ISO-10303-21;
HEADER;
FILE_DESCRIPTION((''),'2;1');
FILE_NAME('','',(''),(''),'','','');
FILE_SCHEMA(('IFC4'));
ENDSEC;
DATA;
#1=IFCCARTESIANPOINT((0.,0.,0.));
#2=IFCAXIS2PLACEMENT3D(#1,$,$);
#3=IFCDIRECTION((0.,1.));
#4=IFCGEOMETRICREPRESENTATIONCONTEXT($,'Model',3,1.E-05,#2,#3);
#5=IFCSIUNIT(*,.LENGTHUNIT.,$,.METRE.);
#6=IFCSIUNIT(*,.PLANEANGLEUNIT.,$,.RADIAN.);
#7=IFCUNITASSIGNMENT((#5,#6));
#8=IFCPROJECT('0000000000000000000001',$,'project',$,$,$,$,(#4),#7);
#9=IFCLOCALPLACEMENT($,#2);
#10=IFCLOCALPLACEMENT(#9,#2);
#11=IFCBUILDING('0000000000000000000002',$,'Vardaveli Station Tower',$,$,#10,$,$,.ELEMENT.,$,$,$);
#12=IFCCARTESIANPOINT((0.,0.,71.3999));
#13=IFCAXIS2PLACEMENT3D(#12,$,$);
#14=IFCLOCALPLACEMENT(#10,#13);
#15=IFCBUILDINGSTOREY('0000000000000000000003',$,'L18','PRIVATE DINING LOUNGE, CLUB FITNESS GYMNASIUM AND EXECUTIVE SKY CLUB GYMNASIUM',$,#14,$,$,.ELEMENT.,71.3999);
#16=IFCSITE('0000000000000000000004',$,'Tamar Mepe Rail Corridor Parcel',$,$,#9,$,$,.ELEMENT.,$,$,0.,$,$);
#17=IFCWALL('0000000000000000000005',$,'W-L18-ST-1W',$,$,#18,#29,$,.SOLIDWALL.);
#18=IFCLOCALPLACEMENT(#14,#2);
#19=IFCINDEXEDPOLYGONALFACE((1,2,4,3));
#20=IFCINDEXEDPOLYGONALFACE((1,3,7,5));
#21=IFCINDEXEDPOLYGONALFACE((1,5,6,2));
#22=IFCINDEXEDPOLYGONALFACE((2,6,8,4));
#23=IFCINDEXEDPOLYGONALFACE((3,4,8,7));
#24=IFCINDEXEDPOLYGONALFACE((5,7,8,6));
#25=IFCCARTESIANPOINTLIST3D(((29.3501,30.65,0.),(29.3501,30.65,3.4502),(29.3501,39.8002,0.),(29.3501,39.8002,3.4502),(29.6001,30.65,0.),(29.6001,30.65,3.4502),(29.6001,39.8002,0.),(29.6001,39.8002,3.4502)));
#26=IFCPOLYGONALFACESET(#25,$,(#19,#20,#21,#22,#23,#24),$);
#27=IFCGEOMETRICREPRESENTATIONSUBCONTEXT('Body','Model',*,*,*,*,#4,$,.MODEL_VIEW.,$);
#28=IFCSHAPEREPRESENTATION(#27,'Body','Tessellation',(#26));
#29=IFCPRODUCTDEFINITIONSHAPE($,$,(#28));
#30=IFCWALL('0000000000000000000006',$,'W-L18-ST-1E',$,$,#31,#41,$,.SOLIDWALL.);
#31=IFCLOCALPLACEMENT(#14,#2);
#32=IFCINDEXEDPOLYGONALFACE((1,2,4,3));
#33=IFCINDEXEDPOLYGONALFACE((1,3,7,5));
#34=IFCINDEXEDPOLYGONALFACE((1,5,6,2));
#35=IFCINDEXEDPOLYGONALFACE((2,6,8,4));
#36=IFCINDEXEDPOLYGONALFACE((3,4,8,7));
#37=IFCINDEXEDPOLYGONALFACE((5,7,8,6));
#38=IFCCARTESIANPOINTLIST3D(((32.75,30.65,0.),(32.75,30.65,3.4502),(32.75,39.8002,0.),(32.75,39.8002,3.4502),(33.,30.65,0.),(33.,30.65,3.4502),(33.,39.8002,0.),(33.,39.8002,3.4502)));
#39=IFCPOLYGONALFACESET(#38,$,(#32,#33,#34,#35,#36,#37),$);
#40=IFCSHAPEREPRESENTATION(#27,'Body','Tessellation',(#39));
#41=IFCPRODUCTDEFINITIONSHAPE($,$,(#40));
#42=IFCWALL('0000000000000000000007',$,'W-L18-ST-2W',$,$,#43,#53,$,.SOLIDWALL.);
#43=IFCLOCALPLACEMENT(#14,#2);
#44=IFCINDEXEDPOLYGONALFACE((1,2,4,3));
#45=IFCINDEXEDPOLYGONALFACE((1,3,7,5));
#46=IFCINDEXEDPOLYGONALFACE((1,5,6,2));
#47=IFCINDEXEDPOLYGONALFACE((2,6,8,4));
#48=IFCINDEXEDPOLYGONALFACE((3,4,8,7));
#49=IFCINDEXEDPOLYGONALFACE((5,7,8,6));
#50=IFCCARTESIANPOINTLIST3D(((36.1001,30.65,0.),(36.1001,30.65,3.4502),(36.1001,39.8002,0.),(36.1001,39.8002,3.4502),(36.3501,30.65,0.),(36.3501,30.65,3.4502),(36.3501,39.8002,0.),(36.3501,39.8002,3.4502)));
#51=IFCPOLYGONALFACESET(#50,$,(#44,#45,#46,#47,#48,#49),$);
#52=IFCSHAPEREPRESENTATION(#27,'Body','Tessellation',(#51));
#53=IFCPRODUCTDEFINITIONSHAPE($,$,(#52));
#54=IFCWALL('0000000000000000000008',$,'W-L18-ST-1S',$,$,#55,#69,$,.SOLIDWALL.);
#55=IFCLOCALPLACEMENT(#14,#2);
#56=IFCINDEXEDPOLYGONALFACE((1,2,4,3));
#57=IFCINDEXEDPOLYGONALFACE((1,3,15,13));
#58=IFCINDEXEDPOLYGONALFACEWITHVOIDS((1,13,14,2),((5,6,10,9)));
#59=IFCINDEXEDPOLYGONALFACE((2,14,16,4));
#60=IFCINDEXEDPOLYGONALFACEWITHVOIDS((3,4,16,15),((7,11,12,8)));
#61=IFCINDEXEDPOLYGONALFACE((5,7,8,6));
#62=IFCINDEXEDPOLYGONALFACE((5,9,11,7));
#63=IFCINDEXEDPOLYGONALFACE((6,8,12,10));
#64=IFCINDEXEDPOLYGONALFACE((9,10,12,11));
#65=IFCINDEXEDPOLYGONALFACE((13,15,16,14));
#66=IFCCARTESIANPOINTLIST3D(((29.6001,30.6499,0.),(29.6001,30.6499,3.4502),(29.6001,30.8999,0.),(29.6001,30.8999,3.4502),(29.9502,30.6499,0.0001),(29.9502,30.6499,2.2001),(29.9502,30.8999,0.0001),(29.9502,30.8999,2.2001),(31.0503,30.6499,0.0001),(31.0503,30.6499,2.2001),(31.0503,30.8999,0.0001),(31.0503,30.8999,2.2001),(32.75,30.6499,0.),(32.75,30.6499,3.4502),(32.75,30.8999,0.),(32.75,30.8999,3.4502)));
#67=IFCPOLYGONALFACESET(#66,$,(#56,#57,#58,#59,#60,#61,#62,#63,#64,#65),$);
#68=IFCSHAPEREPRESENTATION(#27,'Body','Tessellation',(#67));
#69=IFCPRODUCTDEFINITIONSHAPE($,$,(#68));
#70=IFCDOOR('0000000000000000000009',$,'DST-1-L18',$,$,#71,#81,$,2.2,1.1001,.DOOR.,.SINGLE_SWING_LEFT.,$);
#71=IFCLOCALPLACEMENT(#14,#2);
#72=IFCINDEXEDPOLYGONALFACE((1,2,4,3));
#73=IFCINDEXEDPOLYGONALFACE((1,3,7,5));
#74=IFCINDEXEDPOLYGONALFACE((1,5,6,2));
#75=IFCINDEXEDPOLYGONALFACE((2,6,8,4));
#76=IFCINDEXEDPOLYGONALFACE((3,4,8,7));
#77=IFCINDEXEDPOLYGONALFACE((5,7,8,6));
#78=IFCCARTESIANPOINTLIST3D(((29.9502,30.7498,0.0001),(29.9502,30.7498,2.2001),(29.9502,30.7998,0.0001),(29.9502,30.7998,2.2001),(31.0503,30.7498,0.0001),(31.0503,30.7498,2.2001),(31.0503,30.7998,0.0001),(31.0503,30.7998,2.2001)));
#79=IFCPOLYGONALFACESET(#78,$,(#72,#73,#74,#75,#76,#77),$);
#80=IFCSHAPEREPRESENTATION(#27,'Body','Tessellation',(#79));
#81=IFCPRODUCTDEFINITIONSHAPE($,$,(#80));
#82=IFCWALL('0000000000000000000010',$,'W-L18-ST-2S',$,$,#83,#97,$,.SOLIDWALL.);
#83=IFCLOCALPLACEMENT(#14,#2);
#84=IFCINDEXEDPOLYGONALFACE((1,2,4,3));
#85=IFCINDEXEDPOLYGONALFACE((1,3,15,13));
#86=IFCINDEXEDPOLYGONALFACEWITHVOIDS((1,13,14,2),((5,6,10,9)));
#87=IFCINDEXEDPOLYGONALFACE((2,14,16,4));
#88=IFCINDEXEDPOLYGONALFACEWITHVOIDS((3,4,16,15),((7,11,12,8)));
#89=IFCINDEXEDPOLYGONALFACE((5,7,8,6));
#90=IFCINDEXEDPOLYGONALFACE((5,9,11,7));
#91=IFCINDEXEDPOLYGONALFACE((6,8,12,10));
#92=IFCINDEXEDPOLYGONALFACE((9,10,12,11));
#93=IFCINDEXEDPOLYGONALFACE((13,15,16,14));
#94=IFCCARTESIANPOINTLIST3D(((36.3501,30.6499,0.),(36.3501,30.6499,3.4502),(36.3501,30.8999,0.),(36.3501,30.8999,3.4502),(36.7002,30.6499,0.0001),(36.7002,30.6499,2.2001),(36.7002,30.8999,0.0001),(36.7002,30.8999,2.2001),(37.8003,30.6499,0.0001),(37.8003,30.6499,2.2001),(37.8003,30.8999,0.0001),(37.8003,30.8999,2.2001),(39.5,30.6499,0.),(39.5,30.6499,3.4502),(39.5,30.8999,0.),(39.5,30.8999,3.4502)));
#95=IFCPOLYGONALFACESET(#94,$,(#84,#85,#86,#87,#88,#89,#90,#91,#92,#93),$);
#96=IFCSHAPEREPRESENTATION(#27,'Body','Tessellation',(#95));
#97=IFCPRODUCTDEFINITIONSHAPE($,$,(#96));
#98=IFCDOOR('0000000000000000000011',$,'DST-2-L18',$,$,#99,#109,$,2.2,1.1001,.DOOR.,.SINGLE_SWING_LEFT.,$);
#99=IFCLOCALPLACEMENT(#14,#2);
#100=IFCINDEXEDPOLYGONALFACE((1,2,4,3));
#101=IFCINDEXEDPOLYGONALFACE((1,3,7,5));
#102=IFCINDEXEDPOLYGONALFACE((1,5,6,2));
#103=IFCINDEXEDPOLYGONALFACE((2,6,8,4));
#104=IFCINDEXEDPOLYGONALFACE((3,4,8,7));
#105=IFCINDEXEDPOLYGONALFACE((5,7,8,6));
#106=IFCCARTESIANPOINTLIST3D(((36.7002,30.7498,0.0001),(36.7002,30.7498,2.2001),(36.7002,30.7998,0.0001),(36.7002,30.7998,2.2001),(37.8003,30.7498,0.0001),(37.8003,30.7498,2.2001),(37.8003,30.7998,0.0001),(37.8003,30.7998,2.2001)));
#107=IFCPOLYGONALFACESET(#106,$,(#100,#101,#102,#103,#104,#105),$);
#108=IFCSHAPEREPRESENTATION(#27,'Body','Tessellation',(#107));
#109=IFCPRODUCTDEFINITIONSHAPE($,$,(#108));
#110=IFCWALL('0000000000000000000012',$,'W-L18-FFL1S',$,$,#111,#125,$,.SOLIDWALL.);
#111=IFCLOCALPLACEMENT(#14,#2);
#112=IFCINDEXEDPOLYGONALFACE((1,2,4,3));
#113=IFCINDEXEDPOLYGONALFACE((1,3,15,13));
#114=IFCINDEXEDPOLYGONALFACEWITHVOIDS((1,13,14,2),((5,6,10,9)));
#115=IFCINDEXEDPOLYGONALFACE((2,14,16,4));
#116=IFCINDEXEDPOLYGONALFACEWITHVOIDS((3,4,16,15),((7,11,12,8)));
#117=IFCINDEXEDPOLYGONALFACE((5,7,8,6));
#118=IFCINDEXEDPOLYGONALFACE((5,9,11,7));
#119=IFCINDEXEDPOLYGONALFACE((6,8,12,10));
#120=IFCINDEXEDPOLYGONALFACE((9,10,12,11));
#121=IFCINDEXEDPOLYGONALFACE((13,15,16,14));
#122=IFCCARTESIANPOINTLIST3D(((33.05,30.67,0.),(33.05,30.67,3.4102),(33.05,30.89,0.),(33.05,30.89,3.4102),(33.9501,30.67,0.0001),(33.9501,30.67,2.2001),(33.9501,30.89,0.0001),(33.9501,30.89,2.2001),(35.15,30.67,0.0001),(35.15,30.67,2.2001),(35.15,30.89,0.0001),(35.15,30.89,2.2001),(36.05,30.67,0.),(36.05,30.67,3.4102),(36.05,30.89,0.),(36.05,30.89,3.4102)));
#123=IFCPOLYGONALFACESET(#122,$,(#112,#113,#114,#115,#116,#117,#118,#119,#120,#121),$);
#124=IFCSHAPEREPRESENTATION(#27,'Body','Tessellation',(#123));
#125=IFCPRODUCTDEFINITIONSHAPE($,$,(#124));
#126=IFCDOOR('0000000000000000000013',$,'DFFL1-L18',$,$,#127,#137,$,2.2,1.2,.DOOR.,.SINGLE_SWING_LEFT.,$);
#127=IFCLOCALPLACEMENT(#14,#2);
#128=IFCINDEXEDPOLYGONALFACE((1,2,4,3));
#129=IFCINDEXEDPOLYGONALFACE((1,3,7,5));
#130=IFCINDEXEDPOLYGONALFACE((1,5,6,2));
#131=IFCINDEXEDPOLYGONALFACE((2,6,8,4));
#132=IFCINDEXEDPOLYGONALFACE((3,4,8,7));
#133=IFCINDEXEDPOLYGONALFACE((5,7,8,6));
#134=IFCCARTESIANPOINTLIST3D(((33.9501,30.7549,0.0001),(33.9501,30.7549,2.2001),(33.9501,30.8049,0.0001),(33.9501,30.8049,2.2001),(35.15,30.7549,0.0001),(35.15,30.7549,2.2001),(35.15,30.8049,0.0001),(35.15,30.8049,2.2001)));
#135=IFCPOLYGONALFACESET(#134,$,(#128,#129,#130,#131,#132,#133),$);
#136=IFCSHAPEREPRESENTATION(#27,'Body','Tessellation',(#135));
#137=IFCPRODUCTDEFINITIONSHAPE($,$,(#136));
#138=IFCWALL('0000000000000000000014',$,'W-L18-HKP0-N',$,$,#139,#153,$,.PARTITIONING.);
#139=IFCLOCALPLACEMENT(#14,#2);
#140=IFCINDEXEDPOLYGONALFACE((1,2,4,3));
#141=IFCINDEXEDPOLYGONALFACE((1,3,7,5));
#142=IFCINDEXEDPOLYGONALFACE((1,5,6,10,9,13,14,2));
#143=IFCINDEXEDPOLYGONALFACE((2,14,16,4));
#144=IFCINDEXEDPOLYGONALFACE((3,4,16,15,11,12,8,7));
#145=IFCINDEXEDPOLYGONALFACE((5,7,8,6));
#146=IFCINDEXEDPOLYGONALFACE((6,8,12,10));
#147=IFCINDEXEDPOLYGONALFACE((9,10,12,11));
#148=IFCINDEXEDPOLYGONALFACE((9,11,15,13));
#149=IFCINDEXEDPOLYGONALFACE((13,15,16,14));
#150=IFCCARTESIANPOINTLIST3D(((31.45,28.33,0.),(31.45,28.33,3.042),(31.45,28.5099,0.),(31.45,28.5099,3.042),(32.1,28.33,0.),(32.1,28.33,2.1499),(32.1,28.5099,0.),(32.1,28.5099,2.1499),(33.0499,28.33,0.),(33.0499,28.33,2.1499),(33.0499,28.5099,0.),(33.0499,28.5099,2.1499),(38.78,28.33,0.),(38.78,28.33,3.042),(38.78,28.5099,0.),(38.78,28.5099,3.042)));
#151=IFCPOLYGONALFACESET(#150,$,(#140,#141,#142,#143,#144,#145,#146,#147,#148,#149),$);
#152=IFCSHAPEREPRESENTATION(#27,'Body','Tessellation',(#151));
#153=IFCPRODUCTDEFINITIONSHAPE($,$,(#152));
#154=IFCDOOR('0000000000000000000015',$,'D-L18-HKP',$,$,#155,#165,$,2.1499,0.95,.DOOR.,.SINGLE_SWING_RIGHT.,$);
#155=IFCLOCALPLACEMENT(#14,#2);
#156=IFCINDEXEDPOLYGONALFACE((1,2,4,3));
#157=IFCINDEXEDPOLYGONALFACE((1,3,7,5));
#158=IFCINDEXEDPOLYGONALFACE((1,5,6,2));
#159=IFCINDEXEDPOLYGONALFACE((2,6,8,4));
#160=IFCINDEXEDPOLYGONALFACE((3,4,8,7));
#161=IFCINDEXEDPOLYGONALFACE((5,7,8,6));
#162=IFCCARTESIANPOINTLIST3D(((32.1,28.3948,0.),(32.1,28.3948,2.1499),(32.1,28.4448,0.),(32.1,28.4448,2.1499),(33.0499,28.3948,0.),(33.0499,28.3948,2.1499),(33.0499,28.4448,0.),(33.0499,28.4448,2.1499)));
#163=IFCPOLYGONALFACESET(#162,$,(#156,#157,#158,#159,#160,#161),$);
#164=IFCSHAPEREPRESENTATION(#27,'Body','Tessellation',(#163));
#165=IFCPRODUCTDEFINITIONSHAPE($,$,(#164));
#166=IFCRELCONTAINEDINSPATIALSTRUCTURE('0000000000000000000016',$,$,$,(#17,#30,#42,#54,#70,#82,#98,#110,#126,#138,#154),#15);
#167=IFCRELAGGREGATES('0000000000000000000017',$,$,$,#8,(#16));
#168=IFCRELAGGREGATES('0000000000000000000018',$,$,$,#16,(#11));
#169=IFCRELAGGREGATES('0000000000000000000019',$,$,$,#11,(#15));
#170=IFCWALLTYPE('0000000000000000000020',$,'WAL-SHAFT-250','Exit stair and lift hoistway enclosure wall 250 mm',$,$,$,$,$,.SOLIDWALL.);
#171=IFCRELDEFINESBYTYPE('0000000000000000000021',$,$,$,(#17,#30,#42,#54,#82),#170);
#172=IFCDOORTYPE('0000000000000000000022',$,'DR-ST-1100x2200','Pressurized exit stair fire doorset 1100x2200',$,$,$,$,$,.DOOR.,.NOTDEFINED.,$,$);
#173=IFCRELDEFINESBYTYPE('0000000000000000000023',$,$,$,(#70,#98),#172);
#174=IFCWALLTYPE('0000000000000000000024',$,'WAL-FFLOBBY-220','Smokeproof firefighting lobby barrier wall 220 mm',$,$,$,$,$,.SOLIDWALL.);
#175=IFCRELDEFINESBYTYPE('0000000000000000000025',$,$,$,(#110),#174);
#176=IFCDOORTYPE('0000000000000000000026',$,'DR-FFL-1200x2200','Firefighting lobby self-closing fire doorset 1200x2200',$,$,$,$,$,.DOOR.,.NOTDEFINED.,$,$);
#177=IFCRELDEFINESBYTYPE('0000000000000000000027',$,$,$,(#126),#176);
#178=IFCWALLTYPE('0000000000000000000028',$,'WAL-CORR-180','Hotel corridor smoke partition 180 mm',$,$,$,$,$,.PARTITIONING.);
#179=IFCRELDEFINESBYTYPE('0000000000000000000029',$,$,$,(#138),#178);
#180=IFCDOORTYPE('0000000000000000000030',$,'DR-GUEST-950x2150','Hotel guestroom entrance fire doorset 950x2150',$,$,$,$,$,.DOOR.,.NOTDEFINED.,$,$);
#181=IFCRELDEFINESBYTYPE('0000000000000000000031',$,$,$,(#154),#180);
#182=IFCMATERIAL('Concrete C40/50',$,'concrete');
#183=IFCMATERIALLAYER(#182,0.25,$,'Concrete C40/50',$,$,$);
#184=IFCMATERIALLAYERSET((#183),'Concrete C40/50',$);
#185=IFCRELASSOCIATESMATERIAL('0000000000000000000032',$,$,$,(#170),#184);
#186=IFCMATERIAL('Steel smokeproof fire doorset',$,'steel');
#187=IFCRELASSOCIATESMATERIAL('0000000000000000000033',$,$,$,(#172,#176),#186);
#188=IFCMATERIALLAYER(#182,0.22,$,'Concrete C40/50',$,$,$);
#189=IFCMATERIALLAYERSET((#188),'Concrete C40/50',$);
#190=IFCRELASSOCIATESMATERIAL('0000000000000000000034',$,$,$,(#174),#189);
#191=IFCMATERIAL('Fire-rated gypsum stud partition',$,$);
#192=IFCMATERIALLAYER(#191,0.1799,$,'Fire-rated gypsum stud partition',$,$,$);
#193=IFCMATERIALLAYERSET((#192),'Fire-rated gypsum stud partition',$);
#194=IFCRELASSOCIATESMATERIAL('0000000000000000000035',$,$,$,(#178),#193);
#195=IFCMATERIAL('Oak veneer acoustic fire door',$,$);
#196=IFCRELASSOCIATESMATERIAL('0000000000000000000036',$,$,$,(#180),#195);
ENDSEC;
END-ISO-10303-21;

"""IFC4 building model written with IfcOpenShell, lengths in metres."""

from ifc_helpers import new_model, si_unit, direction, frame, frame_2d, origin, place, context, subcontext, project, spatial, rectangle, extrude, source, transform, mapped, material, layer, layer_set, type_object, element, fill, save


model = new_model("IFC4")

# Units and contexts
model_context = context("Model", 3, precision=1e-05, world=origin(), true_north=direction((0.0, 1.0)))
body_context = subcontext(model_context, "Body", "Model", "MODEL_VIEW")
ifc_project = project(units=[si_unit("LENGTHUNIT", "METRE"), si_unit("PLANEANGLEUNIT", "RADIAN")], contexts=[model_context])

# Site, building, storey
site_placement = place(None, origin())
site = spatial("IfcSite", under=ifc_project, at=site_placement, Name="Tamar Mepe Rail Corridor Parcel", CompositionType="ELEMENT", RefElevation=0.0)
building_placement = place(site_placement, origin())
building = spatial("IfcBuilding", under=site, at=building_placement, Name="Vardaveli Station Tower", CompositionType="ELEMENT")
storey_placement = place(building_placement, frame((0.0, 0.0, 71.3999)))
storey = spatial("IfcBuildingStorey", under=building, at=storey_placement, Name="L18", Description="PRIVATE DINING LOUNGE, CLUB FITNESS GYMNASIUM AND EXECUTIVE SKY CLUB GYMNASIUM", CompositionType="ELEMENT", Elevation=71.3999)

# Walls
ifc_material_1 = material(Name="Concrete C40/50", Category="concrete")
ifc_layer_1 = layer(ifc_material_1, 0.25, Name="Concrete C40/50")
ifc_layer_set_1 = layer_set([ifc_layer_1], Name="Concrete C40/50")
wall_type_1 = type_object("IfcWallType", Name="WAL-SHAFT-250", Description="Exit stair and lift hoistway enclosure wall 250 mm", PredefinedType="SOLIDWALL", material=ifc_layer_set_1)
shared_shape_1 = source(origin(), body_context, "Body", "SweptSolid", [
    extrude(rectangle(XDim=9.1501, YDim=0.25, at=frame_2d((4.5752, 0.0))), origin(), (0.0, 0.0, 1.0), 3.4502),
])
for number, where, z_axis, x_axis, name in (
    (1, (29.4751, 30.6499, 0.0), (0.0, 0.0, 1.0), (0.0, 1.0, 0.0), "W-L18-ST-1W"),
    (2, (32.875, 30.6499, 0.0), (0.0, 0.0, 1.0), (0.0, 1.0, 0.0), "W-L18-ST-1E"),
    (3, (36.2251, 30.6499, 0.0), (0.0, 0.0, 1.0), (0.0, 1.0, 0.0), "W-L18-ST-2W"),
):
    element("IfcWall", number, at=place(storey_placement, frame(where, z_axis=z_axis, x_axis=x_axis)), inside=storey, type_object=wall_type_1, Name=name, PredefinedType="SOLIDWALL", context=body_context, shape_type="MappedRepresentation", body=[
        mapped(shared_shape_1, transform((0.0, 0.0, 0.0), scale=1.0)),
    ])

# Walls, openings, doors
shared_shape_2 = source(origin(), body_context, "Body", "SweptSolid", [
    extrude(rectangle(XDim=3.1499, YDim=0.25, at=frame_2d((1.575, 0.0))), origin(), (0.0, 0.0, 1.0), 3.4502),
])
wall_1_placement = place(storey_placement, frame((29.6001, 30.7749, 0.0), z_axis=(0.0, 0.0, 1.0), x_axis=(1.0, 0.0, 0.0)))
wall_1 = element("IfcWall", 4, at=wall_1_placement, inside=storey, type_object=wall_type_1, Name="W-L18-ST-1S", PredefinedType="SOLIDWALL", context=body_context, shape_type="MappedRepresentation", body=[
    mapped(shared_shape_2, transform((0.0, 0.0, 0.0), scale=1.0)),
])
shared_shape_3 = source(origin(), body_context, "Body", "SweptSolid", [
    extrude(rectangle(XDim=1.1001, YDim=2.2, at=frame_2d((0.55, 1.1001))), frame((0.0, 0.135, 0.0), z_axis=(0.0, -1.0, 0.0), x_axis=(1.0, 0.0, 0.0)), (0.0, 0.0, 1.0), 0.27),
])
opening_1_placement = place(wall_1_placement, frame((0.3501, 0.0, 0.0)))
opening_1 = element("IfcOpeningElement", 5, at=opening_1_placement, cuts=wall_1, PredefinedType="OPENING", context=body_context, shape_type="MappedRepresentation", body=[
    mapped(shared_shape_3, transform((0.0, 0.0, 0.0), scale=1.0)),
])
ifc_material_2 = material(Name="Steel smokeproof fire doorset", Category="steel")
door_type_1 = type_object("IfcDoorType", Name="DR-ST-1100x2200", Description="Pressurized exit stair fire doorset 1100x2200", OperationType="NOTDEFINED", PredefinedType="DOOR", material=ifc_material_2)
shared_shape_4 = source(origin(), body_context, "Body", "SweptSolid", [
    extrude(rectangle(XDim=1.1001, YDim=2.2, at=frame_2d((0.55, 1.1001))), frame((0.0, 0.0249, 0.0), z_axis=(0.0, -1.0, 0.0), x_axis=(1.0, 0.0, 0.0)), (0.0, 0.0, 1.0), 0.05),
])
door_1_placement = place(opening_1_placement, origin())
door_1 = element("IfcDoor", 6, at=door_1_placement, inside=storey, type_object=door_type_1, Name="DST-1-L18", OperationType="SINGLE_SWING_LEFT", OverallHeight=2.2, OverallWidth=1.1001, PredefinedType="DOOR", context=body_context, shape_type="MappedRepresentation", body=[
    mapped(shared_shape_4, transform((0.0, 0.0, 0.0), scale=1.0)),
])
fill(opening_1, door_1)
wall_2_placement = place(storey_placement, frame((36.3501, 30.7749, 0.0), z_axis=(0.0, 0.0, 1.0), x_axis=(1.0, 0.0, 0.0)))
wall_2 = element("IfcWall", 7, at=wall_2_placement, inside=storey, type_object=wall_type_1, Name="W-L18-ST-2S", PredefinedType="SOLIDWALL", context=body_context, shape_type="MappedRepresentation", body=[
    mapped(shared_shape_2, transform((0.0, 0.0, 0.0), scale=1.0)),
])
opening_2_placement = place(wall_2_placement, frame((0.3501, 0.0, 0.0)))
opening_2 = element("IfcOpeningElement", 8, at=opening_2_placement, cuts=wall_2, PredefinedType="OPENING", context=body_context, shape_type="MappedRepresentation", body=[
    mapped(shared_shape_3, transform((0.0, 0.0, 0.0), scale=1.0)),
])
door_2_placement = place(opening_2_placement, origin())
door_2 = element("IfcDoor", 9, at=door_2_placement, inside=storey, type_object=door_type_1, Name="DST-2-L18", OperationType="SINGLE_SWING_LEFT", OverallHeight=2.2, OverallWidth=1.1001, PredefinedType="DOOR", context=body_context, shape_type="MappedRepresentation", body=[
    mapped(shared_shape_4, transform((0.0, 0.0, 0.0), scale=1.0)),
])
fill(opening_2, door_2)
ifc_layer_2 = layer(ifc_material_1, 0.22, Name="Concrete C40/50")
ifc_layer_set_2 = layer_set([ifc_layer_2], Name="Concrete C40/50")
wall_type_2 = type_object("IfcWallType", Name="WAL-FFLOBBY-220", Description="Smokeproof firefighting lobby barrier wall 220 mm", PredefinedType="SOLIDWALL", material=ifc_layer_set_2)
shared_shape_5 = source(origin(), body_context, "Body", "SweptSolid", [
    extrude(rectangle(XDim=3.0, YDim=0.22, at=frame_2d((1.5, 0.0))), origin(), (0.0, 0.0, 1.0), 3.4102),
])
wall_3_placement = place(storey_placement, frame((33.05, 30.78, 0.0), z_axis=(0.0, 0.0, 1.0), x_axis=(1.0, 0.0, 0.0)))
wall_3 = element("IfcWall", 10, at=wall_3_placement, inside=storey, type_object=wall_type_2, Name="W-L18-FFL1S", PredefinedType="SOLIDWALL", context=body_context, shape_type="MappedRepresentation", body=[
    mapped(shared_shape_5, transform((0.0, 0.0, 0.0), scale=1.0)),
])
shared_shape_6 = source(origin(), body_context, "Body", "SweptSolid", [
    extrude(rectangle(XDim=1.2, YDim=2.2, at=frame_2d((0.6001, 1.1001))), frame((0.0, 0.1201, 0.0), z_axis=(0.0, -1.0, 0.0), x_axis=(1.0, 0.0, 0.0)), (0.0, 0.0, 1.0), 0.24),
])
opening_3_placement = place(wall_3_placement, frame((0.8999, 0.0, 0.0)))
opening_3 = element("IfcOpeningElement", 11, at=opening_3_placement, cuts=wall_3, PredefinedType="OPENING", context=body_context, shape_type="MappedRepresentation", body=[
    mapped(shared_shape_6, transform((0.0, 0.0, 0.0), scale=1.0)),
])
door_type_2 = type_object("IfcDoorType", Name="DR-FFL-1200x2200", Description="Firefighting lobby self-closing fire doorset 1200x2200", OperationType="NOTDEFINED", PredefinedType="DOOR", material=ifc_material_2)
shared_shape_7 = source(origin(), body_context, "Body", "SweptSolid", [
    extrude(rectangle(XDim=1.2, YDim=2.2, at=frame_2d((0.6001, 1.1001))), frame((0.0, 0.0249, 0.0), z_axis=(0.0, -1.0, 0.0), x_axis=(1.0, 0.0, 0.0)), (0.0, 0.0, 1.0), 0.05),
])
door_3_placement = place(opening_3_placement, origin())
door_3 = element("IfcDoor", 12, at=door_3_placement, inside=storey, type_object=door_type_2, Name="DFFL1-L18", OperationType="SINGLE_SWING_LEFT", OverallHeight=2.2, OverallWidth=1.2, PredefinedType="DOOR", context=body_context, shape_type="MappedRepresentation", body=[
    mapped(shared_shape_7, transform((0.0, 0.0, 0.0), scale=1.0)),
])
fill(opening_3, door_3)
ifc_material_3 = material(Name="Fire-rated gypsum stud partition")
ifc_layer_3 = layer(ifc_material_3, 0.1799, Name="Fire-rated gypsum stud partition")
ifc_layer_set_3 = layer_set([ifc_layer_3], Name="Fire-rated gypsum stud partition")
wall_type_3 = type_object("IfcWallType", Name="WAL-CORR-180", Description="Hotel corridor smoke partition 180 mm", PredefinedType="PARTITIONING", material=ifc_layer_set_3)
shared_shape_8 = source(origin(), body_context, "Body", "SweptSolid", [
    extrude(rectangle(XDim=7.3301, YDim=0.1799, at=frame_2d((3.665, 0.0))), origin(), (0.0, 0.0, 1.0), 3.042),
])
wall_4_placement = place(storey_placement, frame((31.45, 28.4199, 0.0), z_axis=(0.0, 0.0, 1.0), x_axis=(1.0, 0.0, 0.0)))
wall_4 = element("IfcWall", 13, at=wall_4_placement, inside=storey, type_object=wall_type_3, Name="W-L18-HKP0-N", PredefinedType="PARTITIONING", context=body_context, shape_type="MappedRepresentation", body=[
    mapped(shared_shape_8, transform((0.0, 0.0, 0.0), scale=1.0)),
])
shared_shape_9 = source(origin(), body_context, "Body", "SweptSolid", [
    extrude(rectangle(XDim=0.95, YDim=2.1499, at=frame_2d((0.4751, 1.075))), frame((0.0, 0.1001, 0.0), z_axis=(0.0, -1.0, 0.0), x_axis=(1.0, 0.0, 0.0)), (0.0, 0.0, 1.0), 0.2),
])
opening_4_placement = place(wall_4_placement, frame((0.6499, 0.0, 0.0)))
opening_4 = element("IfcOpeningElement", 14, at=opening_4_placement, cuts=wall_4, PredefinedType="OPENING", context=body_context, shape_type="MappedRepresentation", body=[
    mapped(shared_shape_9, transform((0.0, 0.0, 0.0), scale=1.0)),
])
ifc_material_4 = material(Name="Oak veneer acoustic fire door")
door_type_3 = type_object("IfcDoorType", Name="DR-GUEST-950x2150", Description="Hotel guestroom entrance fire doorset 950x2150", OperationType="NOTDEFINED", PredefinedType="DOOR", material=ifc_material_4)
shared_shape_10 = source(origin(), body_context, "Body", "SweptSolid", [
    extrude(rectangle(XDim=0.95, YDim=2.1499, at=frame_2d((0.4751, 1.075))), frame((0.0, 0.0249, 0.0), z_axis=(0.0, -1.0, 0.0), x_axis=(1.0, 0.0, 0.0)), (0.0, 0.0, 1.0), 0.05),
])
door_4_placement = place(opening_4_placement, origin())
door_4 = element("IfcDoor", 15, at=door_4_placement, inside=storey, type_object=door_type_3, Name="D-L18-HKP", OperationType="SINGLE_SWING_RIGHT", OverallHeight=2.1499, OverallWidth=0.95, PredefinedType="DOOR", context=body_context, shape_type="MappedRepresentation", body=[
    mapped(shared_shape_10, transform((0.0, 0.0, 0.0), scale=1.0)),
])
fill(opening_4, door_4)

save(model, "model.ifc")
